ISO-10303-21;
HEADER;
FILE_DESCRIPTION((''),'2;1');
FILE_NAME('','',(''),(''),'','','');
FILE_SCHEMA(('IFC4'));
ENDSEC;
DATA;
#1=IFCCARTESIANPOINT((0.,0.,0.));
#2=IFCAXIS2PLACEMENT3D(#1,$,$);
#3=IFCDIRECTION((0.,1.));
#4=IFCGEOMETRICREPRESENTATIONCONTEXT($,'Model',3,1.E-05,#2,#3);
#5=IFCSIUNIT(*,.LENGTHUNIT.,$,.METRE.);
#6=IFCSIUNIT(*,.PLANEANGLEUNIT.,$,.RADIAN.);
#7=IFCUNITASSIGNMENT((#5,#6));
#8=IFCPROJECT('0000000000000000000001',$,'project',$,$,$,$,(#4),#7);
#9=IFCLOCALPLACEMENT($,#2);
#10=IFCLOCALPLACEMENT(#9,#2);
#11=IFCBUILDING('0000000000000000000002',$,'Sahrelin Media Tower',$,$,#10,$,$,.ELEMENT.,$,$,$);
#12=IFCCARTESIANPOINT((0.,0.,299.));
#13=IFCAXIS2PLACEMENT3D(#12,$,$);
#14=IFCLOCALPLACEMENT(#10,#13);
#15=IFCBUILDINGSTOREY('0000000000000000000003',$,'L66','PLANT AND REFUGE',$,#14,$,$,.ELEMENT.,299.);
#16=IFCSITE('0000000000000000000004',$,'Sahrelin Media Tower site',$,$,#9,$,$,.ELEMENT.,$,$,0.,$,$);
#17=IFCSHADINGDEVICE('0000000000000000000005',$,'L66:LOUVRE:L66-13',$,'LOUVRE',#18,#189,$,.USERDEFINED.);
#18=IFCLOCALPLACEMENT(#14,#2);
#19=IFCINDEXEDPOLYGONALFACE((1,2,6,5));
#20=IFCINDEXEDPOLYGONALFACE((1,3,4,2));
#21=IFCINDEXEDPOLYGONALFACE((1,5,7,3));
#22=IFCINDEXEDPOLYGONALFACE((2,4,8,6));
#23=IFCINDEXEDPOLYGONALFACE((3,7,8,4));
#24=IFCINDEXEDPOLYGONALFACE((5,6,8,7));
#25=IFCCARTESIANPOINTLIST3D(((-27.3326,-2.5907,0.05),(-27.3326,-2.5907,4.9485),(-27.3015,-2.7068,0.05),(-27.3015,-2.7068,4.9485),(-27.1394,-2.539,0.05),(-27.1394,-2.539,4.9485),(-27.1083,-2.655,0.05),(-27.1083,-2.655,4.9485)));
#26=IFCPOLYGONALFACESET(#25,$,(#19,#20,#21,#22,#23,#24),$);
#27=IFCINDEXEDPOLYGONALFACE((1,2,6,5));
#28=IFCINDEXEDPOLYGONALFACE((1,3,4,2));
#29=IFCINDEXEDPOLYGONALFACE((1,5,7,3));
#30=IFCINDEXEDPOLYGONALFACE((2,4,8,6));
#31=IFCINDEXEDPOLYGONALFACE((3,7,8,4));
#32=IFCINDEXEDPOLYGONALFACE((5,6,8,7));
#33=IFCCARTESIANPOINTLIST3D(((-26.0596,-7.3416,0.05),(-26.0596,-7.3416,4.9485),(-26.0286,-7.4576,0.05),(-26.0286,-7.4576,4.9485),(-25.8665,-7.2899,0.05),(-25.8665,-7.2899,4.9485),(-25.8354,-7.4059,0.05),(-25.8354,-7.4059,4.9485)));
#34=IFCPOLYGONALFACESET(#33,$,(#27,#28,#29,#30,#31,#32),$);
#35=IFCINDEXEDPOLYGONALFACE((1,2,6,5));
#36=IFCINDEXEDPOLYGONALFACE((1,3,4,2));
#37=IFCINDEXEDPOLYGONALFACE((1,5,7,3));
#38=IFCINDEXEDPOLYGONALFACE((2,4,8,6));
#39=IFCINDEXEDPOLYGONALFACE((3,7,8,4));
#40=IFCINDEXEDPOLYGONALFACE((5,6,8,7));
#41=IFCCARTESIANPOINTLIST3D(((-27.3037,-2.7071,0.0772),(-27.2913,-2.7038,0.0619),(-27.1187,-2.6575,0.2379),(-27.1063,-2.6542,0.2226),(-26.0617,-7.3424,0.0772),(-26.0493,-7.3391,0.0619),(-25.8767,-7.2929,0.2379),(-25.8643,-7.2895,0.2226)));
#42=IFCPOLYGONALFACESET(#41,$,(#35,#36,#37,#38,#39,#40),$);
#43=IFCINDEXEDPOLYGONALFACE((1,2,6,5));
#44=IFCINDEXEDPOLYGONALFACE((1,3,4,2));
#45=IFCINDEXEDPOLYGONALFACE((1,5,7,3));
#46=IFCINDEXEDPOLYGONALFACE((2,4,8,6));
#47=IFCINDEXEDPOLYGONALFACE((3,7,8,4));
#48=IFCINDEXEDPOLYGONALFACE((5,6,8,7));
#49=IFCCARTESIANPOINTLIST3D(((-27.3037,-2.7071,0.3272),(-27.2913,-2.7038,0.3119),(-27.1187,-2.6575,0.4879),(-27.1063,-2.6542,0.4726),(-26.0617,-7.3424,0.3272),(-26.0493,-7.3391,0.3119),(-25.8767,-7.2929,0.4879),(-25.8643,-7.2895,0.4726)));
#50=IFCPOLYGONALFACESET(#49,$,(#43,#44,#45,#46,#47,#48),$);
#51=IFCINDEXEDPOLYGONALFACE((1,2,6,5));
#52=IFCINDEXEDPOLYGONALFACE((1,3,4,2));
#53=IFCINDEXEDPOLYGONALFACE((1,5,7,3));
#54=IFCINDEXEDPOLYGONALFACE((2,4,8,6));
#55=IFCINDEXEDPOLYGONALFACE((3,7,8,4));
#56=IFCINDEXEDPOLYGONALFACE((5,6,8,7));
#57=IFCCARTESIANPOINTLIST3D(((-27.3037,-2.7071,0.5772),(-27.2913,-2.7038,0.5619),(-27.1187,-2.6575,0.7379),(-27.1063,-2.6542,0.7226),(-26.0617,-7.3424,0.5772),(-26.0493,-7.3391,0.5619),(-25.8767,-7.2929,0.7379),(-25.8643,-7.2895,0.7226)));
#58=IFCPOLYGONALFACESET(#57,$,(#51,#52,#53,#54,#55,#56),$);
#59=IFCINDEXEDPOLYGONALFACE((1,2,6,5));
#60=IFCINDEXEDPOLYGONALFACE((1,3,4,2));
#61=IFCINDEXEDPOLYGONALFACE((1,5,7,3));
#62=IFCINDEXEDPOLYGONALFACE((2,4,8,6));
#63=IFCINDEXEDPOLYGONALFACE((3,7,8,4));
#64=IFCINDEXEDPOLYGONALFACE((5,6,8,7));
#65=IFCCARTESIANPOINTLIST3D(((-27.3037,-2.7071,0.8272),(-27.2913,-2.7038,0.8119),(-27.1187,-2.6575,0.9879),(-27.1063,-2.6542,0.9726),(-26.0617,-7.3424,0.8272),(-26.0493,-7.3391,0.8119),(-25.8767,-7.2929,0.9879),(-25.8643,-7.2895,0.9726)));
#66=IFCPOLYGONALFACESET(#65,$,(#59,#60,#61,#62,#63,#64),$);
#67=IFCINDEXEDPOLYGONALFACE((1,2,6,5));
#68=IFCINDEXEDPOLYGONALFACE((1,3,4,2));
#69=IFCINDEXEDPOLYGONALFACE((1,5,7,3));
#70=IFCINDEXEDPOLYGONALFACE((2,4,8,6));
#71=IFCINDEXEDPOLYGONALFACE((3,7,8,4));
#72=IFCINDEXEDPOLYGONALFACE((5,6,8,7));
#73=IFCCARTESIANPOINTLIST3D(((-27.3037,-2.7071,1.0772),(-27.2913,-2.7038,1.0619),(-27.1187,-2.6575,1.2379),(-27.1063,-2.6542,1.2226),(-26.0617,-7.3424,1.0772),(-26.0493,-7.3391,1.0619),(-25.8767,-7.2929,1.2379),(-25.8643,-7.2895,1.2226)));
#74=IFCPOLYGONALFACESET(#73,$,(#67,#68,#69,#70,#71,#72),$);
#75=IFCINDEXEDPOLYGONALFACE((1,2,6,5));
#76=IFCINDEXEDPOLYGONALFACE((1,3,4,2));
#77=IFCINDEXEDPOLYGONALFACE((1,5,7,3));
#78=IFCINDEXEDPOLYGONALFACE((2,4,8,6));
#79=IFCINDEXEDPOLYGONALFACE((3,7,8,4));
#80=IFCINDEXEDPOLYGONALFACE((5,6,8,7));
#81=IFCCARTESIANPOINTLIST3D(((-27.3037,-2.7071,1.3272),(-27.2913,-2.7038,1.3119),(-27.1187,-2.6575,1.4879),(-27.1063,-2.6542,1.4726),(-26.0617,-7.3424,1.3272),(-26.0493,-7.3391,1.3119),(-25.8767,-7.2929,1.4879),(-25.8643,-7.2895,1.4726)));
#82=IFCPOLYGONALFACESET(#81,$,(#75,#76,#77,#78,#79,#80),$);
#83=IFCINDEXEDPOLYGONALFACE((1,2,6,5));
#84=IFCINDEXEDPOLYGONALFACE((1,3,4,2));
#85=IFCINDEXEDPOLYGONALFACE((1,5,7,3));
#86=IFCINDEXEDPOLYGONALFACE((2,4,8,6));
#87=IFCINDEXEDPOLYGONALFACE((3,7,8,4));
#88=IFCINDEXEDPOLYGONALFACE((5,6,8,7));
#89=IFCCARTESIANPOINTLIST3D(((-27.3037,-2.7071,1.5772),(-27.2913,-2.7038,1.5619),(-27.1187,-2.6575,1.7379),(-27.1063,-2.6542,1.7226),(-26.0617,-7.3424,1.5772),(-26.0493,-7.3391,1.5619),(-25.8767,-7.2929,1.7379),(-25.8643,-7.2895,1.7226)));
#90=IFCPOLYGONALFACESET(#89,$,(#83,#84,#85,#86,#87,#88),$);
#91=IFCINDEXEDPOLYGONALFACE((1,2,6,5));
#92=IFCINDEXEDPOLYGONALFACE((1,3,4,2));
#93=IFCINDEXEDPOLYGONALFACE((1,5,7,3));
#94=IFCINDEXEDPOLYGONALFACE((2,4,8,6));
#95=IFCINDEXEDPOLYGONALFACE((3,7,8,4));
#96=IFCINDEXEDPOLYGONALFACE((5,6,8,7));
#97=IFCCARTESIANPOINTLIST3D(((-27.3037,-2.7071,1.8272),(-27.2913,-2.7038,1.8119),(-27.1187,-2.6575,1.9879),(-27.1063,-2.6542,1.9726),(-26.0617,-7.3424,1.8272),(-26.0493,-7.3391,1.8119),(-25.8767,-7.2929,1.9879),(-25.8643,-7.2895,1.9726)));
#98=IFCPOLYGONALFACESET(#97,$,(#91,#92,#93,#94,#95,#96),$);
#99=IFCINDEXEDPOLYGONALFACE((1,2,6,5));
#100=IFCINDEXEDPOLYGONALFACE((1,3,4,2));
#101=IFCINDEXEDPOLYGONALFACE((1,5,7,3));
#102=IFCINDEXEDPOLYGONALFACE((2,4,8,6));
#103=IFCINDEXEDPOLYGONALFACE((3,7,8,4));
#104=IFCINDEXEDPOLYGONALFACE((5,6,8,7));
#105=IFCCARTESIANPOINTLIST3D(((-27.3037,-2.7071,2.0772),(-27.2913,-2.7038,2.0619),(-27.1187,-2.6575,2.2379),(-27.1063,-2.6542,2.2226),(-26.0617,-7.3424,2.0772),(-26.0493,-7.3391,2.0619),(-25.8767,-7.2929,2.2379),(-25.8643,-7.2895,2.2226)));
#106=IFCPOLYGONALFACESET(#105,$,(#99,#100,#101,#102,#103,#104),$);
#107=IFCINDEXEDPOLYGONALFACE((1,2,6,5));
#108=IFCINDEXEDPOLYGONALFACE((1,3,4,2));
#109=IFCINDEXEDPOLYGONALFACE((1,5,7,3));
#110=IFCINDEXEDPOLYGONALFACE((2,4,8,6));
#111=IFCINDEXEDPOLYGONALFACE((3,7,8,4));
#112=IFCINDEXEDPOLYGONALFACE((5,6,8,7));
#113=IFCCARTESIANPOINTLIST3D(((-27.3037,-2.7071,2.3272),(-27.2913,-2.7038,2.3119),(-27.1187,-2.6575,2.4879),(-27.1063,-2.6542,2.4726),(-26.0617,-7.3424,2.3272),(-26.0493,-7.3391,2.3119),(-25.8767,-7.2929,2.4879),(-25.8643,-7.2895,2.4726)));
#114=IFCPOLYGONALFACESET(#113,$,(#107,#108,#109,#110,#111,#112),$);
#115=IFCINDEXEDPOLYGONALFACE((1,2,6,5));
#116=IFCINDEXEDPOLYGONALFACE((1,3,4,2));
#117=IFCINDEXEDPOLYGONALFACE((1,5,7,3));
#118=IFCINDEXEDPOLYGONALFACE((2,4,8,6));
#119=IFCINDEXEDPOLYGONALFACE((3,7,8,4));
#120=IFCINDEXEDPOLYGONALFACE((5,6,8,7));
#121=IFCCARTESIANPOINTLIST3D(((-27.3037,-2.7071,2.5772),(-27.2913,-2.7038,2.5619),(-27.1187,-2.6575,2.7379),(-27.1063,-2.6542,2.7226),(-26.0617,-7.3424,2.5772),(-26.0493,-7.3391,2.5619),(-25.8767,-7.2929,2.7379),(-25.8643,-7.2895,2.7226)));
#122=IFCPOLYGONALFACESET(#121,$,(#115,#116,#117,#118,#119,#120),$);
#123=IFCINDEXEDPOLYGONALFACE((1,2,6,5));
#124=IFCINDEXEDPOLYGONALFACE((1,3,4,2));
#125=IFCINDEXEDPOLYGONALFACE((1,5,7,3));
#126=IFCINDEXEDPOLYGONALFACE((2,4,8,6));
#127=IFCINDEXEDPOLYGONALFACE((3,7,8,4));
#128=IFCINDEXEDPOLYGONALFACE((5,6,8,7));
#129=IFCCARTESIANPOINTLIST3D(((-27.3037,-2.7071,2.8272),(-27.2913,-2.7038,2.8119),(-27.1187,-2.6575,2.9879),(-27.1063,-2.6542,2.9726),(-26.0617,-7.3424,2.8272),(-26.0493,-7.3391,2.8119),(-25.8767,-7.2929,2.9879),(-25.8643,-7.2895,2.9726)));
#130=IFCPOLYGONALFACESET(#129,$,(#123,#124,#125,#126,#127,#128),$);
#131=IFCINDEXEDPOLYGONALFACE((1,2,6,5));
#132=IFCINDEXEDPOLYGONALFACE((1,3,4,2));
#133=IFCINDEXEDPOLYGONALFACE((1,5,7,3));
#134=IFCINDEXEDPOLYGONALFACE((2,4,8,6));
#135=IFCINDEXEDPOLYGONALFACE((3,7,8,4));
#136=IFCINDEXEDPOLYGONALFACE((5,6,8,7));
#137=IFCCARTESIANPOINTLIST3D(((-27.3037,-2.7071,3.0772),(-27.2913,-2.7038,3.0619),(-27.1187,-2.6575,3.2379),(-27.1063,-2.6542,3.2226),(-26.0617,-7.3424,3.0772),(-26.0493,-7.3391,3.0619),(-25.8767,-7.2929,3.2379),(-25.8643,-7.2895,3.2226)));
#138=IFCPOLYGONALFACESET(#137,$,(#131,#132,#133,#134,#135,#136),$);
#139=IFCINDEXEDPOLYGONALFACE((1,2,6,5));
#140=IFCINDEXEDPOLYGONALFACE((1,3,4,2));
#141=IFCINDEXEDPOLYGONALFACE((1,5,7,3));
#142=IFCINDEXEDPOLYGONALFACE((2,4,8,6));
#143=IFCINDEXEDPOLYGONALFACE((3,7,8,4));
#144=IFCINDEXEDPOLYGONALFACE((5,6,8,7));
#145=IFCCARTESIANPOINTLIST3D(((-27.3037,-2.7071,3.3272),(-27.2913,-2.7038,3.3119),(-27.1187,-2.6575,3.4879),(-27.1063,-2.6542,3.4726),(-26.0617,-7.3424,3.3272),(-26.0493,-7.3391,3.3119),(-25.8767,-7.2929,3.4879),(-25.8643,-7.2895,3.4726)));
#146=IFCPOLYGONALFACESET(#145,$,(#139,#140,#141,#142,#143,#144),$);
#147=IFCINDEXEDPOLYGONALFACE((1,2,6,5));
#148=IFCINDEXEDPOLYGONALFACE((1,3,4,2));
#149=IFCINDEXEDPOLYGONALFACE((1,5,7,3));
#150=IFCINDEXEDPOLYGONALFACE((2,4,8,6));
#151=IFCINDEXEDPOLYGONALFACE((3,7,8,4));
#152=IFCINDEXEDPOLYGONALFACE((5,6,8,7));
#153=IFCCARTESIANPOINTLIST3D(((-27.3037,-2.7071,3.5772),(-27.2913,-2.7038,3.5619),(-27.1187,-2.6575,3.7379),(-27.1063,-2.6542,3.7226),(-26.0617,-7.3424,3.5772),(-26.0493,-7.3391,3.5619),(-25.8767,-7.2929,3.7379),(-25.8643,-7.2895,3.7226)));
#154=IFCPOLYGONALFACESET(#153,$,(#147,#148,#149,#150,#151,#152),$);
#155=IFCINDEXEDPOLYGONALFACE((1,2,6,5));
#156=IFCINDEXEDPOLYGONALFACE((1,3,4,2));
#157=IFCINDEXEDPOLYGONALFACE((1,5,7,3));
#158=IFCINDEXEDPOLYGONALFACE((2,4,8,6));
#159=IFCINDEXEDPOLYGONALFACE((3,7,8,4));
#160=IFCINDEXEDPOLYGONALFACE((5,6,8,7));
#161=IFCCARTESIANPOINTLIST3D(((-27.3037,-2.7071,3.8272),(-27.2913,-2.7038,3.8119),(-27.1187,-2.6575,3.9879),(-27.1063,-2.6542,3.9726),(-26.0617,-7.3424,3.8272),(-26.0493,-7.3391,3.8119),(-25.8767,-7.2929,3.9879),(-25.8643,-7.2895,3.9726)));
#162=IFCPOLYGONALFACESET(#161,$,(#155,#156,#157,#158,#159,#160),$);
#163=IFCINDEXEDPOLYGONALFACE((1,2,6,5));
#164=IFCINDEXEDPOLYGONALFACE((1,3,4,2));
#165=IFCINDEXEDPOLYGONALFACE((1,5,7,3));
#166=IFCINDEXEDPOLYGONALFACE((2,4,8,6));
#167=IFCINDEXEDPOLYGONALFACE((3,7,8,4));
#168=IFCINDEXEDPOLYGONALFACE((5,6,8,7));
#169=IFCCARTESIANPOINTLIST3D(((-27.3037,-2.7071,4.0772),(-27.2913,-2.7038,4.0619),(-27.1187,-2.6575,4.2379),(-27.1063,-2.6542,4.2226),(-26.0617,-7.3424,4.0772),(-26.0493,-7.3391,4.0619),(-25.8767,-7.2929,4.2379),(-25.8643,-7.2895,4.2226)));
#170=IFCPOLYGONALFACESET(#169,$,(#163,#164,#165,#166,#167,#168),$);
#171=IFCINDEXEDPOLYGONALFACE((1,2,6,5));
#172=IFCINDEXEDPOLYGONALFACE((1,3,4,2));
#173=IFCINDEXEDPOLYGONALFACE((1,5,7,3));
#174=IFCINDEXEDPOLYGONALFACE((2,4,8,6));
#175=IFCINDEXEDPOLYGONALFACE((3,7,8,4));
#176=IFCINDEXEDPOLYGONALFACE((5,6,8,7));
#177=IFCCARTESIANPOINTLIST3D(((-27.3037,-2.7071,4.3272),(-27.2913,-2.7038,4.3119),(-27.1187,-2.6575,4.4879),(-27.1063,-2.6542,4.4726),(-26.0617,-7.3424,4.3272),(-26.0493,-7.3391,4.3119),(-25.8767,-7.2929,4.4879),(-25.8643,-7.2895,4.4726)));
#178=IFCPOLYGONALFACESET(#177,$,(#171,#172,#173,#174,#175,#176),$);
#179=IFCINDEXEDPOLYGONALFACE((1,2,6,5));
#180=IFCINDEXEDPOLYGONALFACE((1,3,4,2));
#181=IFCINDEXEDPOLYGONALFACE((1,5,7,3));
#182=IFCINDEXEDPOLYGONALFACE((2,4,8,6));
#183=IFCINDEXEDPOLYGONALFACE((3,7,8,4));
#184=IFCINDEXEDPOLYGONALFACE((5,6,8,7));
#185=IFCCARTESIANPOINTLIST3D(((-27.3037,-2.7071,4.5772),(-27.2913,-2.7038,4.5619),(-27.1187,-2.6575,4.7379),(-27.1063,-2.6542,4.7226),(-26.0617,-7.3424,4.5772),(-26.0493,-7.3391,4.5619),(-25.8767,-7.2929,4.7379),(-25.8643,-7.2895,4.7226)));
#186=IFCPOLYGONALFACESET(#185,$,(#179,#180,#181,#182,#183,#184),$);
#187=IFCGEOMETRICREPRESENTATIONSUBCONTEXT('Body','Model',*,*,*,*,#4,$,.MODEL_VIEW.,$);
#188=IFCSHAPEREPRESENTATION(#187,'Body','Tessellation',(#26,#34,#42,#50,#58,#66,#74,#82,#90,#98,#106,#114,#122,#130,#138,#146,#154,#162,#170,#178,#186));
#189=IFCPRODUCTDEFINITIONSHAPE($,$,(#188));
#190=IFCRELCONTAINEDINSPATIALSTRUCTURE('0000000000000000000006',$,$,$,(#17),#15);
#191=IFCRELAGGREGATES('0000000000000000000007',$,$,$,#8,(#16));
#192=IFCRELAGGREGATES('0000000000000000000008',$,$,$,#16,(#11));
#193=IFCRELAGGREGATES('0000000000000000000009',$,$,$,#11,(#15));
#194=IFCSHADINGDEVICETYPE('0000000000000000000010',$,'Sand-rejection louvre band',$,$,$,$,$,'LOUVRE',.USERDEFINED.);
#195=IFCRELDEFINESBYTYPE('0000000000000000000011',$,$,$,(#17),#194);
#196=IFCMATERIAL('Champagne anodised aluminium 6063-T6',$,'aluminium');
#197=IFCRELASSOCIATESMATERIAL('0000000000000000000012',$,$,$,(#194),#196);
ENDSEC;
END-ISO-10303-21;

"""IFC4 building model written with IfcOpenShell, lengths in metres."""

from ifc_helpers import new_model, si_unit, direction, frame, origin, origin_2d, place, context, subcontext, project, spatial, rectangle, extrude, material, type_object, element, save


model = new_model("IFC4")

# Units and contexts
model_context = context("Model", 3, precision=1e-05, world=origin(), true_north=direction((0.0, 1.0)))
body_context = subcontext(model_context, "Body", "Model", "MODEL_VIEW")
ifc_project = project(units=[si_unit("LENGTHUNIT", "METRE"), si_unit("PLANEANGLEUNIT", "RADIAN")], contexts=[model_context])

# Site, building, storey
site_placement = place(None, origin())
site = spatial("IfcSite", under=ifc_project, at=site_placement, Name="Sahrelin Media Tower site", CompositionType="ELEMENT", RefElevation=0.0)
building_placement = place(site_placement, origin())
building = spatial("IfcBuilding", under=site, at=building_placement, Name="Sahrelin Media Tower", CompositionType="ELEMENT")
storey_placement = place(building_placement, frame((0.0, 0.0, 299.0)))
storey = spatial("IfcBuildingStorey", under=building, at=storey_placement, Name="L66", Description="PLANT AND REFUGE", CompositionType="ELEMENT", Elevation=299.0)

# Shading device
ifc_material_1 = material(Name="Champagne anodised aluminium 6063-T6", Category="aluminium")
shading_device_type = type_object("IfcShadingDeviceType", Name="Sand-rejection louvre band", ElementType="LOUVRE", PredefinedType="USERDEFINED", material=ifc_material_1)
shading_device_1_placement = place(storey_placement, frame((-26.4873, -4.9724, 0.0), z_axis=(0.0, 0.0, 1.0), x_axis=(-0.258808, 0.965929, 0.0)))
element("IfcShadingDevice", 1, at=shading_device_1_placement, inside=storey, type_object=shading_device_type, Name="L66:LOUVRE:L66-13", ObjectType="LOUVRE", PredefinedType="USERDEFINED", context=body_context, shape_type="SweptSolid", body=[
    extrude(rectangle(XDim=0.1201, YDim=0.2, at=origin_2d()), frame((2.4592, 0.1001, 0.05), z_axis=(0.0, 0.0, 1.0), x_axis=(1.0, 0.0, 0.0)), (0.0, 0.0, 1.0), 4.8984),
    extrude(rectangle(XDim=0.1201, YDim=0.2, at=origin_2d()), frame((-2.4592, 0.1001, 0.05), z_axis=(0.0, 0.0, 1.0), x_axis=(1.0, 0.0, 0.0)), (0.0, 0.0, 1.0), 4.8984),
    extrude(rectangle(XDim=0.25, YDim=0.02, at=origin_2d()), frame((2.3994, 0.1001, 0.1499), z_axis=(-1.0, 0.0, 0.0), x_axis=(0.0, -0.766044, 0.642788)), (0.0, 0.0, 1.0), 4.7988),
    extrude(rectangle(XDim=0.25, YDim=0.02, at=origin_2d()), frame((2.3994, 0.1001, 0.3999), z_axis=(-1.0, 0.0, 0.0), x_axis=(0.0, -0.766044, 0.642788)), (0.0, 0.0, 1.0), 4.7988),
    extrude(rectangle(XDim=0.25, YDim=0.02, at=origin_2d()), frame((2.3994, 0.1001, 0.6499), z_axis=(-1.0, 0.0, 0.0), x_axis=(0.0, -0.766044, 0.642788)), (0.0, 0.0, 1.0), 4.7988),
    extrude(rectangle(XDim=0.25, YDim=0.02, at=origin_2d()), frame((2.3994, 0.1001, 0.8999), z_axis=(-1.0, 0.0, 0.0), x_axis=(0.0, -0.766044, 0.642788)), (0.0, 0.0, 1.0), 4.7988),
    extrude(rectangle(XDim=0.25, YDim=0.02, at=origin_2d()), frame((2.3994, 0.1001, 1.1499), z_axis=(-1.0, 0.0, 0.0), x_axis=(0.0, -0.766044, 0.642788)), (0.0, 0.0, 1.0), 4.7988),
    extrude(rectangle(XDim=0.25, YDim=0.02, at=origin_2d()), frame((2.3994, 0.1001, 1.3999), z_axis=(-1.0, 0.0, 0.0), x_axis=(0.0, -0.766044, 0.642788)), (0.0, 0.0, 1.0), 4.7988),
    extrude(rectangle(XDim=0.25, YDim=0.02, at=origin_2d()), frame((2.3994, 0.1001, 1.6499), z_axis=(-1.0, 0.0, 0.0), x_axis=(0.0, -0.766044, 0.642788)), (0.0, 0.0, 1.0), 4.7988),
    extrude(rectangle(XDim=0.25, YDim=0.02, at=origin_2d()), frame((2.3994, 0.1001, 1.8999), z_axis=(-1.0, 0.0, 0.0), x_axis=(0.0, -0.766044, 0.642788)), (0.0, 0.0, 1.0), 4.7988),
    extrude(rectangle(XDim=0.25, YDim=0.02, at=origin_2d()), frame((2.3994, 0.1001, 2.1499), z_axis=(-1.0, 0.0, 0.0), x_axis=(0.0, -0.766044, 0.642788)), (0.0, 0.0, 1.0), 4.7988),
    extrude(rectangle(XDim=0.25, YDim=0.02, at=origin_2d()), frame((2.3994, 0.1001, 2.3999), z_axis=(-1.0, 0.0, 0.0), x_axis=(0.0, -0.766044, 0.642788)), (0.0, 0.0, 1.0), 4.7988),
    extrude(rectangle(XDim=0.25, YDim=0.02, at=origin_2d()), frame((2.3994, 0.1001, 2.6499), z_axis=(-1.0, 0.0, 0.0), x_axis=(0.0, -0.766044, 0.642788)), (0.0, 0.0, 1.0), 4.7988),
    extrude(rectangle(XDim=0.25, YDim=0.02, at=origin_2d()), frame((2.3994, 0.1001, 2.8999), z_axis=(-1.0, 0.0, 0.0), x_axis=(0.0, -0.766044, 0.642788)), (0.0, 0.0, 1.0), 4.7988),
    extrude(rectangle(XDim=0.25, YDim=0.02, at=origin_2d()), frame((2.3994, 0.1001, 3.1499), z_axis=(-1.0, 0.0, 0.0), x_axis=(0.0, -0.766044, 0.642788)), (0.0, 0.0, 1.0), 4.7988),
    extrude(rectangle(XDim=0.25, YDim=0.02, at=origin_2d()), frame((2.3994, 0.1001, 3.3999), z_axis=(-1.0, 0.0, 0.0), x_axis=(0.0, -0.766044, 0.642788)), (0.0, 0.0, 1.0), 4.7988),
    extrude(rectangle(XDim=0.25, YDim=0.02, at=origin_2d()), frame((2.3994, 0.1001, 3.6499), z_axis=(-1.0, 0.0, 0.0), x_axis=(0.0, -0.766044, 0.642788)), (0.0, 0.0, 1.0), 4.7988),
    extrude(rectangle(XDim=0.25, YDim=0.02, at=origin_2d()), frame((2.3994, 0.1001, 3.8999), z_axis=(-1.0, 0.0, 0.0), x_axis=(0.0, -0.766044, 0.642788)), (0.0, 0.0, 1.0), 4.7988),
    extrude(rectangle(XDim=0.25, YDim=0.02, at=origin_2d()), frame((2.3994, 0.1001, 4.1499), z_axis=(-1.0, 0.0, 0.0), x_axis=(0.0, -0.766044, 0.642788)), (0.0, 0.0, 1.0), 4.7988),
    extrude(rectangle(XDim=0.25, YDim=0.02, at=origin_2d()), frame((2.3994, 0.1001, 4.3999), z_axis=(-1.0, 0.0, 0.0), x_axis=(0.0, -0.766044, 0.642788)), (0.0, 0.0, 1.0), 4.7988),
    extrude(rectangle(XDim=0.25, YDim=0.02, at=origin_2d()), frame((2.3994, 0.1001, 4.6499), z_axis=(-1.0, 0.0, 0.0), x_axis=(0.0, -0.766044, 0.642788)), (0.0, 0.0, 1.0), 4.7988),
])

save(model, "model.ifc")
